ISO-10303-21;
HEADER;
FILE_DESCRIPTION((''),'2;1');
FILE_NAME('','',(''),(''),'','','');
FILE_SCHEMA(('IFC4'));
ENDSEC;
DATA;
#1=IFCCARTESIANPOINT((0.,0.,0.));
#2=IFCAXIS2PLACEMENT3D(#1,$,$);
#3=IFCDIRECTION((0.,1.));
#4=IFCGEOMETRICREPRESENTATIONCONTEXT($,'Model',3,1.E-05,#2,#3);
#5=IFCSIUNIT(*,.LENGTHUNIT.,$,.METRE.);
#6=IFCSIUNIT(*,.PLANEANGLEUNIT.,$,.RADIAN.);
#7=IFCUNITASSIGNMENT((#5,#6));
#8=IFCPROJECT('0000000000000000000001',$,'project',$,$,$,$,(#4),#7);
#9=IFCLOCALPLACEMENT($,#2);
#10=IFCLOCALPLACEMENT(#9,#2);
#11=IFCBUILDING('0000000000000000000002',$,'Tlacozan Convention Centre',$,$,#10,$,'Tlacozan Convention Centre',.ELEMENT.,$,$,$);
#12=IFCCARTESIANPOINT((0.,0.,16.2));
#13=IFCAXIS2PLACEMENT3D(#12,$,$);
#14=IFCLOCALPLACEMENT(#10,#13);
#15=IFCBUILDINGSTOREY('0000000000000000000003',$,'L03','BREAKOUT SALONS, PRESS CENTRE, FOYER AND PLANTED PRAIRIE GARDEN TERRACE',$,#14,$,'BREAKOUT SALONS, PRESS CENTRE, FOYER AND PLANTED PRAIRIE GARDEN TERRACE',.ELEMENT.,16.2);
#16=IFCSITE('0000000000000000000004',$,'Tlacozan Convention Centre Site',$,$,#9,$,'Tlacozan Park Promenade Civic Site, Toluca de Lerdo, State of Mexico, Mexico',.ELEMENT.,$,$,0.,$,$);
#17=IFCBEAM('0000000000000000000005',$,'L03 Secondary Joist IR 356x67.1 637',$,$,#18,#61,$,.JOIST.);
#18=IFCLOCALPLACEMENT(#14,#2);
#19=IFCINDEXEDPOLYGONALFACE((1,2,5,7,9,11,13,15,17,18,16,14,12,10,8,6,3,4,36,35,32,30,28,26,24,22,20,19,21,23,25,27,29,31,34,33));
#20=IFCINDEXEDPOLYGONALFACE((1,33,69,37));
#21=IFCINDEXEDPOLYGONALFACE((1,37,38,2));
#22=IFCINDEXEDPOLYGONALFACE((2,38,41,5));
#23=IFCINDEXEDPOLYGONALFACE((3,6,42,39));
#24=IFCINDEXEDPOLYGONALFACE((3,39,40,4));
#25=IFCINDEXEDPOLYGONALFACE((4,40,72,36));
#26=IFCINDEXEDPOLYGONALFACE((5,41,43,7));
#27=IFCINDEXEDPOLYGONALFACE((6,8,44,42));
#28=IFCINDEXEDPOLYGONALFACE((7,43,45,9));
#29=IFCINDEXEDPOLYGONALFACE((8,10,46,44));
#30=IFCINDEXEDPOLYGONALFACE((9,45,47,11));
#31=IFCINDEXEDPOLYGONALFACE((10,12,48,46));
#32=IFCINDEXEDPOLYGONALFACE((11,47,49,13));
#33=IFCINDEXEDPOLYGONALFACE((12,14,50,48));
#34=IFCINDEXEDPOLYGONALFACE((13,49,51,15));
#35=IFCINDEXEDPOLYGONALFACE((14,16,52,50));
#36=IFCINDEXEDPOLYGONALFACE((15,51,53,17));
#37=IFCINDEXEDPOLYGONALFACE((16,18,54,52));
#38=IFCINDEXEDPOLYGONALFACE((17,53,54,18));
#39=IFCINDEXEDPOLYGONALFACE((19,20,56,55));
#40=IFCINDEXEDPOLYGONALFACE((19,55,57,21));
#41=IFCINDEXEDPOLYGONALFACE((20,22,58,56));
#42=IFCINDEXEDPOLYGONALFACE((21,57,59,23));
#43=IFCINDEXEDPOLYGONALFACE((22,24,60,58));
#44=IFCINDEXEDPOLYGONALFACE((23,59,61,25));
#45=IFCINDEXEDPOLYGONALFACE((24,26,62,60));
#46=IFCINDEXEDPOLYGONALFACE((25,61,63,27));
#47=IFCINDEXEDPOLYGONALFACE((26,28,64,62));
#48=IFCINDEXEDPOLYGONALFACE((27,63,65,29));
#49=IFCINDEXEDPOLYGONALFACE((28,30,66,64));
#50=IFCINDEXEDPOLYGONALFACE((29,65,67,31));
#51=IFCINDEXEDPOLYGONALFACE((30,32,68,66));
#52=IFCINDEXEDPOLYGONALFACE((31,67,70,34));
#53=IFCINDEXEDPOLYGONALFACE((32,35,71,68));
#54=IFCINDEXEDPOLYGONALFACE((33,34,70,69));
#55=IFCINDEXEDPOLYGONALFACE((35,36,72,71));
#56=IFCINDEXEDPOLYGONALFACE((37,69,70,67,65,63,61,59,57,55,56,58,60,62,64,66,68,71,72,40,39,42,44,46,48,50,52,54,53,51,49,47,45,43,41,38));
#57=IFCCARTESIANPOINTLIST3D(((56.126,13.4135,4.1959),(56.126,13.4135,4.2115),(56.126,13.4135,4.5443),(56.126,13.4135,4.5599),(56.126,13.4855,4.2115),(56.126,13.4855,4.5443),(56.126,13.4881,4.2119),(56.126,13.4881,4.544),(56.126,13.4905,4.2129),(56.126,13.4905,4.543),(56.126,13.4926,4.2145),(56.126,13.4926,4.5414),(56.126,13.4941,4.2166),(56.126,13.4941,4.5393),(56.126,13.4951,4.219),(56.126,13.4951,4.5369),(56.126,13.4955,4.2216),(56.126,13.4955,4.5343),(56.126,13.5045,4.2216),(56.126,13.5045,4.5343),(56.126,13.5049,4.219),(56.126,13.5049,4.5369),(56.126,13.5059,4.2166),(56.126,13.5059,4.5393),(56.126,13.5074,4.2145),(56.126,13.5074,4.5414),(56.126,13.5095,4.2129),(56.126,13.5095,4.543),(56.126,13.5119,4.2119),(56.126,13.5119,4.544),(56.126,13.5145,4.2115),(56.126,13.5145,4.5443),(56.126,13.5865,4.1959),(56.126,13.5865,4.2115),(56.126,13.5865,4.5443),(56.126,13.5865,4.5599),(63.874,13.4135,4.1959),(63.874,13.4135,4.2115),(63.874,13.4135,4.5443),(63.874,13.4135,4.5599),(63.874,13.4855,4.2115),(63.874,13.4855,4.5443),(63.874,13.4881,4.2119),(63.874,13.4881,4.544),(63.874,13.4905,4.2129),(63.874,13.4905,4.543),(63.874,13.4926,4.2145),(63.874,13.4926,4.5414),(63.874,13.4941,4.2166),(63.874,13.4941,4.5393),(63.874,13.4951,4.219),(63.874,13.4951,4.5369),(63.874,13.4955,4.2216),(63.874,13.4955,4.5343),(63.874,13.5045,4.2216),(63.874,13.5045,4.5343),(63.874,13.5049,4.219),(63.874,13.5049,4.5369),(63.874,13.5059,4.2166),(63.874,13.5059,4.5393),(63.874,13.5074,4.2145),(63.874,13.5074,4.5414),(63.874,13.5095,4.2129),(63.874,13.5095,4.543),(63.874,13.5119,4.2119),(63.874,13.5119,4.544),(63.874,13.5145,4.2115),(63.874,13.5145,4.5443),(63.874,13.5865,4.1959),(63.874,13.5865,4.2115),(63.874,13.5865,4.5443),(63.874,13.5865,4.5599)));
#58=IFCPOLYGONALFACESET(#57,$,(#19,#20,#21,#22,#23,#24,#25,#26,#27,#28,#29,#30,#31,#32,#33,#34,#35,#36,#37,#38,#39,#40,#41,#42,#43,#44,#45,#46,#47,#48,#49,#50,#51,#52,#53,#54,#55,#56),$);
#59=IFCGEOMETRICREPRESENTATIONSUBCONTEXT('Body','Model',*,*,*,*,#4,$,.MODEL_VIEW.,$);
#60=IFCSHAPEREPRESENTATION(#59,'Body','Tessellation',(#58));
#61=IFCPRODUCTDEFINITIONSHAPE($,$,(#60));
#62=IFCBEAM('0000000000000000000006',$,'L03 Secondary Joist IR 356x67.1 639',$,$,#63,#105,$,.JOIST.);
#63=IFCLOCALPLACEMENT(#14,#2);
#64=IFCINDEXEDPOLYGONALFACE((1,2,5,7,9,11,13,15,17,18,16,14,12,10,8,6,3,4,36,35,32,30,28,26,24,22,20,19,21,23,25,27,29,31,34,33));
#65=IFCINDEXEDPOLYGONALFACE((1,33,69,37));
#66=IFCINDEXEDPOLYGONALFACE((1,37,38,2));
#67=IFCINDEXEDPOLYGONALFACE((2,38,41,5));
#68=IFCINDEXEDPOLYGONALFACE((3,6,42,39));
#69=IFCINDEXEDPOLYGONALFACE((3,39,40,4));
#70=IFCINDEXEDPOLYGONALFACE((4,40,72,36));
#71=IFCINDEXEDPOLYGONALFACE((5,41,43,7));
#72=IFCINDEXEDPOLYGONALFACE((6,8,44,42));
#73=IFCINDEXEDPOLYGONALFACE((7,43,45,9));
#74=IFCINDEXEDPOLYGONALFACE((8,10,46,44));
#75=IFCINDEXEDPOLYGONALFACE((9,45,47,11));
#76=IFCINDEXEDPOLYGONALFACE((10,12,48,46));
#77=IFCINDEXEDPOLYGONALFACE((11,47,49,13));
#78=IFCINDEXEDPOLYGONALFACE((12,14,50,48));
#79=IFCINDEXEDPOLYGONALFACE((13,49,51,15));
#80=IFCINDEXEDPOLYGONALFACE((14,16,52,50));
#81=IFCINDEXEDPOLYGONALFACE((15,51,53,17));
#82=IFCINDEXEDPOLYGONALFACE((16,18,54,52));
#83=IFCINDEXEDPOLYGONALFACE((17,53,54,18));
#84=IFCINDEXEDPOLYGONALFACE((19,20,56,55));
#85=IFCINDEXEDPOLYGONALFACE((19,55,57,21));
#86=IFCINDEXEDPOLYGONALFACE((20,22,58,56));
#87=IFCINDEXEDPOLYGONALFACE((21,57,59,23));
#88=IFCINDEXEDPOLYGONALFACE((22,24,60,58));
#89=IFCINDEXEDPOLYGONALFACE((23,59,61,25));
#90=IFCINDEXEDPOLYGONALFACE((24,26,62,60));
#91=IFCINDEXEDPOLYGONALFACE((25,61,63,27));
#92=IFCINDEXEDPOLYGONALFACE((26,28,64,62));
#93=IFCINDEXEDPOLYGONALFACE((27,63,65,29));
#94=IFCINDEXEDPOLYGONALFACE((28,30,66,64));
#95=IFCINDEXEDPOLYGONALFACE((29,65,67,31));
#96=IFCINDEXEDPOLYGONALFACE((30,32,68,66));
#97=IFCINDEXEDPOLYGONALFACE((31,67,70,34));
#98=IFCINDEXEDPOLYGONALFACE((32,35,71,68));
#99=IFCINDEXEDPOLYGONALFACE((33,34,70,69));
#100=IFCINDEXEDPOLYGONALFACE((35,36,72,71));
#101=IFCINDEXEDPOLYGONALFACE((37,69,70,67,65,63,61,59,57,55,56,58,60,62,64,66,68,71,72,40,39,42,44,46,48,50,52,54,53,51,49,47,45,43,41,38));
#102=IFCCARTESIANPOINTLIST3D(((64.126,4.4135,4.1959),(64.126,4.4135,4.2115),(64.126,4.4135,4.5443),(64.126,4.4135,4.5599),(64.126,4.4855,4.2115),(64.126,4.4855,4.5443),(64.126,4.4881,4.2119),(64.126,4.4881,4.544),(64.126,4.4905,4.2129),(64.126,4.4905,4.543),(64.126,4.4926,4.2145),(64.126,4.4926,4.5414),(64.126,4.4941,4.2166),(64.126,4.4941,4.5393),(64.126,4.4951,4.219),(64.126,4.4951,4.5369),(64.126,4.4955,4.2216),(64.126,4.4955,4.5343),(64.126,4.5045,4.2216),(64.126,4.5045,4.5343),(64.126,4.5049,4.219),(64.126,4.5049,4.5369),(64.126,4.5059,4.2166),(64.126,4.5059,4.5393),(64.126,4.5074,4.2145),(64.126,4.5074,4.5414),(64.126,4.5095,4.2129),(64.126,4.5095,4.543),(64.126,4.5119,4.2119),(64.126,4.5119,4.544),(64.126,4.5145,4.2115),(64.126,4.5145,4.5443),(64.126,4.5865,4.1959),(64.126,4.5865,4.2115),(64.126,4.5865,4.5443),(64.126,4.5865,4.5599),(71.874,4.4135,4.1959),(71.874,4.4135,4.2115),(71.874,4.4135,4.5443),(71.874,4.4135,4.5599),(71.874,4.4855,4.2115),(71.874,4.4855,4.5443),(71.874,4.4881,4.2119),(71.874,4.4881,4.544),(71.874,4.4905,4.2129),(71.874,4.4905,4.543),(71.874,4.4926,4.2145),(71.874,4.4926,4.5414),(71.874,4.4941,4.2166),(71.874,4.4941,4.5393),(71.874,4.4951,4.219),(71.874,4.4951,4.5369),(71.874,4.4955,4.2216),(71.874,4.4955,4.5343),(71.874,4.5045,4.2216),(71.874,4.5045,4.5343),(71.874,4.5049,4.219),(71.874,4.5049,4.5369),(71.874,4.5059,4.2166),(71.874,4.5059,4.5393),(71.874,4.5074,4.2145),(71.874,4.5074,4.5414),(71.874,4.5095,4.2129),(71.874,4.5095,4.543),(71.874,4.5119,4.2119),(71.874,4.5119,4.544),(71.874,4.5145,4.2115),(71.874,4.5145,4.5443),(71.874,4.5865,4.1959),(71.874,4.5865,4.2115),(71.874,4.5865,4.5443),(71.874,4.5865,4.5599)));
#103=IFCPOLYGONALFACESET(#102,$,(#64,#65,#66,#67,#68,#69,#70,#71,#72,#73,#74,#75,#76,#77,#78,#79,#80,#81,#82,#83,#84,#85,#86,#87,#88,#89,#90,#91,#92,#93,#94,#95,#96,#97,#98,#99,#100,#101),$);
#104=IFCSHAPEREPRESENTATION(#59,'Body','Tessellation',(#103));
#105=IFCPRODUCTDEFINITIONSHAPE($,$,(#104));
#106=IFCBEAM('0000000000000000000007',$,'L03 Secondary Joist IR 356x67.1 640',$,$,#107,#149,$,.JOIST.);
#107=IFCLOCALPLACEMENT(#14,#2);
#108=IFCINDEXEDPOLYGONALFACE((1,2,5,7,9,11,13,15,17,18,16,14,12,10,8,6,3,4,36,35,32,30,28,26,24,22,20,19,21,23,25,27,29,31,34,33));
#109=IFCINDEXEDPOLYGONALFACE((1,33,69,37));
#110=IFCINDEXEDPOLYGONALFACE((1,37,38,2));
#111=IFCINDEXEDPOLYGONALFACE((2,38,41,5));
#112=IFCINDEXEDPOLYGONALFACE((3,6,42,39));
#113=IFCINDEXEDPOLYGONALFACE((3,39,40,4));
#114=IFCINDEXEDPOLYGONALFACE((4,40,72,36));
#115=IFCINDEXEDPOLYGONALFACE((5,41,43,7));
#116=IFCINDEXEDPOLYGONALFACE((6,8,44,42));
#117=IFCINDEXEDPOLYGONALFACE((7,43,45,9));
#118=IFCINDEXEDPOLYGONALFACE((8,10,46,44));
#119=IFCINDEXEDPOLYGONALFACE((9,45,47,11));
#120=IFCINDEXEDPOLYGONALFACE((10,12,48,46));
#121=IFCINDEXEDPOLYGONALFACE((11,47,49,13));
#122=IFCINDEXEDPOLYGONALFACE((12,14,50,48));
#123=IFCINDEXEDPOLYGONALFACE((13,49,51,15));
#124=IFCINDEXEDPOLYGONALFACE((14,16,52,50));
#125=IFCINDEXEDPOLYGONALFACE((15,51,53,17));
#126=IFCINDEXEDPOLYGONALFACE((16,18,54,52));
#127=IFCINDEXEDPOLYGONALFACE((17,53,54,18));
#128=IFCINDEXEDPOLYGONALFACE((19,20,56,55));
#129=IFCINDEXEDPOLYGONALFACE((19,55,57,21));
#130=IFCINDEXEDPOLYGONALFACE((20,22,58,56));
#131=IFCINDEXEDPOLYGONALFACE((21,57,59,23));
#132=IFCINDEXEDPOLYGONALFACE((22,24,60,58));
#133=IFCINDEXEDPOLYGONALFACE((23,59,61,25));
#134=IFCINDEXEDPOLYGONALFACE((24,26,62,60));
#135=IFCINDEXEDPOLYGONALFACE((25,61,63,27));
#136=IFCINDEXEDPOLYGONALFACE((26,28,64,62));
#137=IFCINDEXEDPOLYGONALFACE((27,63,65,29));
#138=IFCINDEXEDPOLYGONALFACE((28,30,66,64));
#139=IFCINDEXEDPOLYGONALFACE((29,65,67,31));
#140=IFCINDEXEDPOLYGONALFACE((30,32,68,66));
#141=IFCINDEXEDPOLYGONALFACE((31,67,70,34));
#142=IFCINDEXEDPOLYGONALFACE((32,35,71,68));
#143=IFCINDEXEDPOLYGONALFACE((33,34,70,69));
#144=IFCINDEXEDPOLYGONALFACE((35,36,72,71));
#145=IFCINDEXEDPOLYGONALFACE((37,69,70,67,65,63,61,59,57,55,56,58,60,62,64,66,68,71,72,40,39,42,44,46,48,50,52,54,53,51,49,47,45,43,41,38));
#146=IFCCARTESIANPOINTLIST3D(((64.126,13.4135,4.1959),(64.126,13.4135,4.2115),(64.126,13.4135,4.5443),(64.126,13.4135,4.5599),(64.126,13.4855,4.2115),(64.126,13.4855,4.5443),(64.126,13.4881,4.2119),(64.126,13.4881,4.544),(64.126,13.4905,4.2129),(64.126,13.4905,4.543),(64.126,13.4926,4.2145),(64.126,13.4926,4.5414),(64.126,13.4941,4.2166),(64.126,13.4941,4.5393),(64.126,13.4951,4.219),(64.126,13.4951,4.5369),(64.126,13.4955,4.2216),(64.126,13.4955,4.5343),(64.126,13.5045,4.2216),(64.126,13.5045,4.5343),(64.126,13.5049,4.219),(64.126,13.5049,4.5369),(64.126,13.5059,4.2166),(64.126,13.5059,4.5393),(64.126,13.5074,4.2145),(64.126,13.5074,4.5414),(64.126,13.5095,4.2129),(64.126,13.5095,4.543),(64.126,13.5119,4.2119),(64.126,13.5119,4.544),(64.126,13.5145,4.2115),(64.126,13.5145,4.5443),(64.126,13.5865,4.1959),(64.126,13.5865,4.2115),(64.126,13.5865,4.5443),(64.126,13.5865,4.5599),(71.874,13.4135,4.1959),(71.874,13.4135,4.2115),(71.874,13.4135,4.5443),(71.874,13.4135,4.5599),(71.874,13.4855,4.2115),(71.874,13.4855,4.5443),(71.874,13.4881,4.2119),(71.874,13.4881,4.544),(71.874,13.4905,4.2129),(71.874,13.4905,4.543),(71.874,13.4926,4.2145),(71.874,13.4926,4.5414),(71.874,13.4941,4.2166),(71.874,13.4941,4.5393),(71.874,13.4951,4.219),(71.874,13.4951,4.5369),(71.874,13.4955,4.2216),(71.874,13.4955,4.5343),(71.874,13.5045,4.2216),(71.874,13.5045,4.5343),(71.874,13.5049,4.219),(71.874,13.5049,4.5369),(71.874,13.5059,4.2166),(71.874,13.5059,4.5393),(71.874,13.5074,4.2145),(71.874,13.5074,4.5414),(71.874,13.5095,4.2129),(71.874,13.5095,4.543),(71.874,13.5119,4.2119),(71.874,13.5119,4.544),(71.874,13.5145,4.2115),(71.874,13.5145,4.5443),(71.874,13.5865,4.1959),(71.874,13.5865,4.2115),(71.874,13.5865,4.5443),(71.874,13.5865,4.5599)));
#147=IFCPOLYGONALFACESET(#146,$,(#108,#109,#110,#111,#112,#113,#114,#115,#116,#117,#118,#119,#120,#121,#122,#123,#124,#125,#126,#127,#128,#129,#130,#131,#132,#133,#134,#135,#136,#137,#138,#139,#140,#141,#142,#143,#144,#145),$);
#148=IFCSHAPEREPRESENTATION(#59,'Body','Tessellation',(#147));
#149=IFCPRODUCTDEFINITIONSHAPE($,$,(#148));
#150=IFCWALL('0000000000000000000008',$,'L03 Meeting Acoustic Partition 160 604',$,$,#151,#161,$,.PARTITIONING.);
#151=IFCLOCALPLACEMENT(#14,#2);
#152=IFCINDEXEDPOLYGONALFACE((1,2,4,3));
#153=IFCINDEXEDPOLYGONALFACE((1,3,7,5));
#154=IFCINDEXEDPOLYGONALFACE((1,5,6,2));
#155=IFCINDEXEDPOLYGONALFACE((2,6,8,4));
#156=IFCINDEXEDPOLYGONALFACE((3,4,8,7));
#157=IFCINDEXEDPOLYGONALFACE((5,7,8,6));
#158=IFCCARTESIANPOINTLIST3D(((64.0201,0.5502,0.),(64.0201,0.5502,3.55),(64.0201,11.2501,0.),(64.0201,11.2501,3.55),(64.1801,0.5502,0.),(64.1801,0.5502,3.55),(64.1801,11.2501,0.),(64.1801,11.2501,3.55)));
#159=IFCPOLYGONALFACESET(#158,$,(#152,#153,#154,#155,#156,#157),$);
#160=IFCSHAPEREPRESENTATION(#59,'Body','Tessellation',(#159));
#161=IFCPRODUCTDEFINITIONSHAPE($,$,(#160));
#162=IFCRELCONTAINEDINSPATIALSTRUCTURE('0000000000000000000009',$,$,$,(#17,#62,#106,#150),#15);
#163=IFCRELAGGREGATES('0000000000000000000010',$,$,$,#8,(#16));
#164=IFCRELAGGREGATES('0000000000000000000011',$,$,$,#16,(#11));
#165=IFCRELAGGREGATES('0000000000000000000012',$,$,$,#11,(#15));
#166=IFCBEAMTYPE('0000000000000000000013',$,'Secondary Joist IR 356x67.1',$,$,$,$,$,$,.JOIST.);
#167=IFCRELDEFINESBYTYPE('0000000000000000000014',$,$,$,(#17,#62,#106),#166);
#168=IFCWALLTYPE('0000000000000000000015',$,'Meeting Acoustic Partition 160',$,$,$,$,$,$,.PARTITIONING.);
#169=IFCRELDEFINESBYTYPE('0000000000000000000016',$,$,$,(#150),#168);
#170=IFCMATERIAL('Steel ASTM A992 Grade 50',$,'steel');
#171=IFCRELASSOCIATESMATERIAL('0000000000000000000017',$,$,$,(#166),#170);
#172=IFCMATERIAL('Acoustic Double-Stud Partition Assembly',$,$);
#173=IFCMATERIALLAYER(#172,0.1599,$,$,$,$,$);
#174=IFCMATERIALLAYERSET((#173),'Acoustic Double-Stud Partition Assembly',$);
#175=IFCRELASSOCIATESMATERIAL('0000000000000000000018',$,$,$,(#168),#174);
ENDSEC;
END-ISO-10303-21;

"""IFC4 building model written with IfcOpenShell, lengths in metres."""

from ifc_helpers import new_model, si_unit, direction, frame, frame_2d, origin, origin_2d, place, context, subcontext, project, spatial, rectangle, i_section, extrude, material, layer, layer_set, material_profile, profile_set, type_object, element, save


model = new_model("IFC4")

# Units and contexts
model_context = context("Model", 3, precision=1e-05, world=origin(), true_north=direction((0.0, 1.0)))
body_context = subcontext(model_context, "Body", "Model", "MODEL_VIEW")
ifc_project = project(units=[si_unit("LENGTHUNIT", "METRE"), si_unit("PLANEANGLEUNIT", "RADIAN")], contexts=[model_context])

# Site, building, storey
site_placement = place(None, origin())
site = spatial("IfcSite", under=ifc_project, at=site_placement, Name="Tlacozan Convention Centre Site", LongName="Tlacozan Park Promenade Civic Site, Toluca de Lerdo, State of Mexico, Mexico", CompositionType="ELEMENT", RefElevation=0.0)
building_placement = place(site_placement, origin())
building = spatial("IfcBuilding", under=site, at=building_placement, Name="Tlacozan Convention Centre", LongName="Tlacozan Convention Centre", CompositionType="ELEMENT")
storey_placement = place(building_placement, frame((0.0, 0.0, 16.2)))
storey = spatial("IfcBuildingStorey", under=building, at=storey_placement, Name="L03", Description="BREAKOUT SALONS, PRESS CENTRE, FOYER AND PLANTED PRAIRIE GARDEN TERRACE", LongName="BREAKOUT SALONS, PRESS CENTRE, FOYER AND PLANTED PRAIRIE GARDEN TERRACE", CompositionType="ELEMENT", Elevation=16.2)

# Beams
ifc_material_1 = material(Name="Steel ASTM A992 Grade 50", Category="steel")
ifc_material_profile_1 = material_profile(ifc_material_1, i_section(OverallWidth=0.1731, OverallDepth=0.364, WebThickness=0.009, FlangeThickness=0.0156, FilletRadius=0.01, at=origin_2d()), Name="IR 356x67.1")
ifc_profile_set_1 = profile_set([ifc_material_profile_1], Name="Steel ASTM A992 Grade 50")
beam_type_1 = type_object("IfcBeamType", Name="Secondary Joist IR 356x67.1", PredefinedType="JOIST", material=ifc_profile_set_1)
for number, where, z_axis, x_axis, name in (
    (1, (56.126, 13.5, 4.3779), (1.0, 0.0, 0.0), (0.0, 1.0, 0.0), "L03 Secondary Joist IR 356x67.1 637"),
    (2, (64.126, 4.5, 4.3779), (1.0, 0.0, 0.0), (0.0, 1.0, 0.0), "L03 Secondary Joist IR 356x67.1 639"),
    (3, (64.126, 13.5, 4.3779), (1.0, 0.0, 0.0), (0.0, 1.0, 0.0), "L03 Secondary Joist IR 356x67.1 640"),
):
    element("IfcBeam", number, at=place(storey_placement, frame(where, z_axis=z_axis, x_axis=x_axis)), inside=storey, type_object=beam_type_1, Name=name, PredefinedType="JOIST", context=body_context, shape_type="SweptSolid", body=[
        extrude(i_section(OverallWidth=0.1731, OverallDepth=0.364, WebThickness=0.009, FlangeThickness=0.0156, FilletRadius=0.01, at=origin_2d()), origin(), (0.0, 0.0, 1.0), 7.748),
    ])

# Wall
ifc_material_2 = material(Name="Acoustic Double-Stud Partition Assembly")
ifc_layer_1 = layer(ifc_material_2, 0.1599)
ifc_layer_set_1 = layer_set([ifc_layer_1], Name="Acoustic Double-Stud Partition Assembly")
wall_type_1 = type_object("IfcWallType", Name="Meeting Acoustic Partition 160", PredefinedType="PARTITIONING", material=ifc_layer_set_1)
wall_1_placement = place(storey_placement, frame((64.1001, 0.55, 0.0), z_axis=(0.0, 0.0, 1.0), x_axis=(0.0, 1.0, 0.0)))
element("IfcWall", 4, at=wall_1_placement, inside=storey, type_object=wall_type_1, Name="L03 Meeting Acoustic Partition 160 604", PredefinedType="PARTITIONING", context=body_context, shape_type="SweptSolid", body=[
    extrude(rectangle(XDim=10.7, YDim=0.1599, at=frame_2d((5.3501, 0.0))), origin(), (0.0, 0.0, 1.0), 3.55),
])

save(model, "model.ifc")
